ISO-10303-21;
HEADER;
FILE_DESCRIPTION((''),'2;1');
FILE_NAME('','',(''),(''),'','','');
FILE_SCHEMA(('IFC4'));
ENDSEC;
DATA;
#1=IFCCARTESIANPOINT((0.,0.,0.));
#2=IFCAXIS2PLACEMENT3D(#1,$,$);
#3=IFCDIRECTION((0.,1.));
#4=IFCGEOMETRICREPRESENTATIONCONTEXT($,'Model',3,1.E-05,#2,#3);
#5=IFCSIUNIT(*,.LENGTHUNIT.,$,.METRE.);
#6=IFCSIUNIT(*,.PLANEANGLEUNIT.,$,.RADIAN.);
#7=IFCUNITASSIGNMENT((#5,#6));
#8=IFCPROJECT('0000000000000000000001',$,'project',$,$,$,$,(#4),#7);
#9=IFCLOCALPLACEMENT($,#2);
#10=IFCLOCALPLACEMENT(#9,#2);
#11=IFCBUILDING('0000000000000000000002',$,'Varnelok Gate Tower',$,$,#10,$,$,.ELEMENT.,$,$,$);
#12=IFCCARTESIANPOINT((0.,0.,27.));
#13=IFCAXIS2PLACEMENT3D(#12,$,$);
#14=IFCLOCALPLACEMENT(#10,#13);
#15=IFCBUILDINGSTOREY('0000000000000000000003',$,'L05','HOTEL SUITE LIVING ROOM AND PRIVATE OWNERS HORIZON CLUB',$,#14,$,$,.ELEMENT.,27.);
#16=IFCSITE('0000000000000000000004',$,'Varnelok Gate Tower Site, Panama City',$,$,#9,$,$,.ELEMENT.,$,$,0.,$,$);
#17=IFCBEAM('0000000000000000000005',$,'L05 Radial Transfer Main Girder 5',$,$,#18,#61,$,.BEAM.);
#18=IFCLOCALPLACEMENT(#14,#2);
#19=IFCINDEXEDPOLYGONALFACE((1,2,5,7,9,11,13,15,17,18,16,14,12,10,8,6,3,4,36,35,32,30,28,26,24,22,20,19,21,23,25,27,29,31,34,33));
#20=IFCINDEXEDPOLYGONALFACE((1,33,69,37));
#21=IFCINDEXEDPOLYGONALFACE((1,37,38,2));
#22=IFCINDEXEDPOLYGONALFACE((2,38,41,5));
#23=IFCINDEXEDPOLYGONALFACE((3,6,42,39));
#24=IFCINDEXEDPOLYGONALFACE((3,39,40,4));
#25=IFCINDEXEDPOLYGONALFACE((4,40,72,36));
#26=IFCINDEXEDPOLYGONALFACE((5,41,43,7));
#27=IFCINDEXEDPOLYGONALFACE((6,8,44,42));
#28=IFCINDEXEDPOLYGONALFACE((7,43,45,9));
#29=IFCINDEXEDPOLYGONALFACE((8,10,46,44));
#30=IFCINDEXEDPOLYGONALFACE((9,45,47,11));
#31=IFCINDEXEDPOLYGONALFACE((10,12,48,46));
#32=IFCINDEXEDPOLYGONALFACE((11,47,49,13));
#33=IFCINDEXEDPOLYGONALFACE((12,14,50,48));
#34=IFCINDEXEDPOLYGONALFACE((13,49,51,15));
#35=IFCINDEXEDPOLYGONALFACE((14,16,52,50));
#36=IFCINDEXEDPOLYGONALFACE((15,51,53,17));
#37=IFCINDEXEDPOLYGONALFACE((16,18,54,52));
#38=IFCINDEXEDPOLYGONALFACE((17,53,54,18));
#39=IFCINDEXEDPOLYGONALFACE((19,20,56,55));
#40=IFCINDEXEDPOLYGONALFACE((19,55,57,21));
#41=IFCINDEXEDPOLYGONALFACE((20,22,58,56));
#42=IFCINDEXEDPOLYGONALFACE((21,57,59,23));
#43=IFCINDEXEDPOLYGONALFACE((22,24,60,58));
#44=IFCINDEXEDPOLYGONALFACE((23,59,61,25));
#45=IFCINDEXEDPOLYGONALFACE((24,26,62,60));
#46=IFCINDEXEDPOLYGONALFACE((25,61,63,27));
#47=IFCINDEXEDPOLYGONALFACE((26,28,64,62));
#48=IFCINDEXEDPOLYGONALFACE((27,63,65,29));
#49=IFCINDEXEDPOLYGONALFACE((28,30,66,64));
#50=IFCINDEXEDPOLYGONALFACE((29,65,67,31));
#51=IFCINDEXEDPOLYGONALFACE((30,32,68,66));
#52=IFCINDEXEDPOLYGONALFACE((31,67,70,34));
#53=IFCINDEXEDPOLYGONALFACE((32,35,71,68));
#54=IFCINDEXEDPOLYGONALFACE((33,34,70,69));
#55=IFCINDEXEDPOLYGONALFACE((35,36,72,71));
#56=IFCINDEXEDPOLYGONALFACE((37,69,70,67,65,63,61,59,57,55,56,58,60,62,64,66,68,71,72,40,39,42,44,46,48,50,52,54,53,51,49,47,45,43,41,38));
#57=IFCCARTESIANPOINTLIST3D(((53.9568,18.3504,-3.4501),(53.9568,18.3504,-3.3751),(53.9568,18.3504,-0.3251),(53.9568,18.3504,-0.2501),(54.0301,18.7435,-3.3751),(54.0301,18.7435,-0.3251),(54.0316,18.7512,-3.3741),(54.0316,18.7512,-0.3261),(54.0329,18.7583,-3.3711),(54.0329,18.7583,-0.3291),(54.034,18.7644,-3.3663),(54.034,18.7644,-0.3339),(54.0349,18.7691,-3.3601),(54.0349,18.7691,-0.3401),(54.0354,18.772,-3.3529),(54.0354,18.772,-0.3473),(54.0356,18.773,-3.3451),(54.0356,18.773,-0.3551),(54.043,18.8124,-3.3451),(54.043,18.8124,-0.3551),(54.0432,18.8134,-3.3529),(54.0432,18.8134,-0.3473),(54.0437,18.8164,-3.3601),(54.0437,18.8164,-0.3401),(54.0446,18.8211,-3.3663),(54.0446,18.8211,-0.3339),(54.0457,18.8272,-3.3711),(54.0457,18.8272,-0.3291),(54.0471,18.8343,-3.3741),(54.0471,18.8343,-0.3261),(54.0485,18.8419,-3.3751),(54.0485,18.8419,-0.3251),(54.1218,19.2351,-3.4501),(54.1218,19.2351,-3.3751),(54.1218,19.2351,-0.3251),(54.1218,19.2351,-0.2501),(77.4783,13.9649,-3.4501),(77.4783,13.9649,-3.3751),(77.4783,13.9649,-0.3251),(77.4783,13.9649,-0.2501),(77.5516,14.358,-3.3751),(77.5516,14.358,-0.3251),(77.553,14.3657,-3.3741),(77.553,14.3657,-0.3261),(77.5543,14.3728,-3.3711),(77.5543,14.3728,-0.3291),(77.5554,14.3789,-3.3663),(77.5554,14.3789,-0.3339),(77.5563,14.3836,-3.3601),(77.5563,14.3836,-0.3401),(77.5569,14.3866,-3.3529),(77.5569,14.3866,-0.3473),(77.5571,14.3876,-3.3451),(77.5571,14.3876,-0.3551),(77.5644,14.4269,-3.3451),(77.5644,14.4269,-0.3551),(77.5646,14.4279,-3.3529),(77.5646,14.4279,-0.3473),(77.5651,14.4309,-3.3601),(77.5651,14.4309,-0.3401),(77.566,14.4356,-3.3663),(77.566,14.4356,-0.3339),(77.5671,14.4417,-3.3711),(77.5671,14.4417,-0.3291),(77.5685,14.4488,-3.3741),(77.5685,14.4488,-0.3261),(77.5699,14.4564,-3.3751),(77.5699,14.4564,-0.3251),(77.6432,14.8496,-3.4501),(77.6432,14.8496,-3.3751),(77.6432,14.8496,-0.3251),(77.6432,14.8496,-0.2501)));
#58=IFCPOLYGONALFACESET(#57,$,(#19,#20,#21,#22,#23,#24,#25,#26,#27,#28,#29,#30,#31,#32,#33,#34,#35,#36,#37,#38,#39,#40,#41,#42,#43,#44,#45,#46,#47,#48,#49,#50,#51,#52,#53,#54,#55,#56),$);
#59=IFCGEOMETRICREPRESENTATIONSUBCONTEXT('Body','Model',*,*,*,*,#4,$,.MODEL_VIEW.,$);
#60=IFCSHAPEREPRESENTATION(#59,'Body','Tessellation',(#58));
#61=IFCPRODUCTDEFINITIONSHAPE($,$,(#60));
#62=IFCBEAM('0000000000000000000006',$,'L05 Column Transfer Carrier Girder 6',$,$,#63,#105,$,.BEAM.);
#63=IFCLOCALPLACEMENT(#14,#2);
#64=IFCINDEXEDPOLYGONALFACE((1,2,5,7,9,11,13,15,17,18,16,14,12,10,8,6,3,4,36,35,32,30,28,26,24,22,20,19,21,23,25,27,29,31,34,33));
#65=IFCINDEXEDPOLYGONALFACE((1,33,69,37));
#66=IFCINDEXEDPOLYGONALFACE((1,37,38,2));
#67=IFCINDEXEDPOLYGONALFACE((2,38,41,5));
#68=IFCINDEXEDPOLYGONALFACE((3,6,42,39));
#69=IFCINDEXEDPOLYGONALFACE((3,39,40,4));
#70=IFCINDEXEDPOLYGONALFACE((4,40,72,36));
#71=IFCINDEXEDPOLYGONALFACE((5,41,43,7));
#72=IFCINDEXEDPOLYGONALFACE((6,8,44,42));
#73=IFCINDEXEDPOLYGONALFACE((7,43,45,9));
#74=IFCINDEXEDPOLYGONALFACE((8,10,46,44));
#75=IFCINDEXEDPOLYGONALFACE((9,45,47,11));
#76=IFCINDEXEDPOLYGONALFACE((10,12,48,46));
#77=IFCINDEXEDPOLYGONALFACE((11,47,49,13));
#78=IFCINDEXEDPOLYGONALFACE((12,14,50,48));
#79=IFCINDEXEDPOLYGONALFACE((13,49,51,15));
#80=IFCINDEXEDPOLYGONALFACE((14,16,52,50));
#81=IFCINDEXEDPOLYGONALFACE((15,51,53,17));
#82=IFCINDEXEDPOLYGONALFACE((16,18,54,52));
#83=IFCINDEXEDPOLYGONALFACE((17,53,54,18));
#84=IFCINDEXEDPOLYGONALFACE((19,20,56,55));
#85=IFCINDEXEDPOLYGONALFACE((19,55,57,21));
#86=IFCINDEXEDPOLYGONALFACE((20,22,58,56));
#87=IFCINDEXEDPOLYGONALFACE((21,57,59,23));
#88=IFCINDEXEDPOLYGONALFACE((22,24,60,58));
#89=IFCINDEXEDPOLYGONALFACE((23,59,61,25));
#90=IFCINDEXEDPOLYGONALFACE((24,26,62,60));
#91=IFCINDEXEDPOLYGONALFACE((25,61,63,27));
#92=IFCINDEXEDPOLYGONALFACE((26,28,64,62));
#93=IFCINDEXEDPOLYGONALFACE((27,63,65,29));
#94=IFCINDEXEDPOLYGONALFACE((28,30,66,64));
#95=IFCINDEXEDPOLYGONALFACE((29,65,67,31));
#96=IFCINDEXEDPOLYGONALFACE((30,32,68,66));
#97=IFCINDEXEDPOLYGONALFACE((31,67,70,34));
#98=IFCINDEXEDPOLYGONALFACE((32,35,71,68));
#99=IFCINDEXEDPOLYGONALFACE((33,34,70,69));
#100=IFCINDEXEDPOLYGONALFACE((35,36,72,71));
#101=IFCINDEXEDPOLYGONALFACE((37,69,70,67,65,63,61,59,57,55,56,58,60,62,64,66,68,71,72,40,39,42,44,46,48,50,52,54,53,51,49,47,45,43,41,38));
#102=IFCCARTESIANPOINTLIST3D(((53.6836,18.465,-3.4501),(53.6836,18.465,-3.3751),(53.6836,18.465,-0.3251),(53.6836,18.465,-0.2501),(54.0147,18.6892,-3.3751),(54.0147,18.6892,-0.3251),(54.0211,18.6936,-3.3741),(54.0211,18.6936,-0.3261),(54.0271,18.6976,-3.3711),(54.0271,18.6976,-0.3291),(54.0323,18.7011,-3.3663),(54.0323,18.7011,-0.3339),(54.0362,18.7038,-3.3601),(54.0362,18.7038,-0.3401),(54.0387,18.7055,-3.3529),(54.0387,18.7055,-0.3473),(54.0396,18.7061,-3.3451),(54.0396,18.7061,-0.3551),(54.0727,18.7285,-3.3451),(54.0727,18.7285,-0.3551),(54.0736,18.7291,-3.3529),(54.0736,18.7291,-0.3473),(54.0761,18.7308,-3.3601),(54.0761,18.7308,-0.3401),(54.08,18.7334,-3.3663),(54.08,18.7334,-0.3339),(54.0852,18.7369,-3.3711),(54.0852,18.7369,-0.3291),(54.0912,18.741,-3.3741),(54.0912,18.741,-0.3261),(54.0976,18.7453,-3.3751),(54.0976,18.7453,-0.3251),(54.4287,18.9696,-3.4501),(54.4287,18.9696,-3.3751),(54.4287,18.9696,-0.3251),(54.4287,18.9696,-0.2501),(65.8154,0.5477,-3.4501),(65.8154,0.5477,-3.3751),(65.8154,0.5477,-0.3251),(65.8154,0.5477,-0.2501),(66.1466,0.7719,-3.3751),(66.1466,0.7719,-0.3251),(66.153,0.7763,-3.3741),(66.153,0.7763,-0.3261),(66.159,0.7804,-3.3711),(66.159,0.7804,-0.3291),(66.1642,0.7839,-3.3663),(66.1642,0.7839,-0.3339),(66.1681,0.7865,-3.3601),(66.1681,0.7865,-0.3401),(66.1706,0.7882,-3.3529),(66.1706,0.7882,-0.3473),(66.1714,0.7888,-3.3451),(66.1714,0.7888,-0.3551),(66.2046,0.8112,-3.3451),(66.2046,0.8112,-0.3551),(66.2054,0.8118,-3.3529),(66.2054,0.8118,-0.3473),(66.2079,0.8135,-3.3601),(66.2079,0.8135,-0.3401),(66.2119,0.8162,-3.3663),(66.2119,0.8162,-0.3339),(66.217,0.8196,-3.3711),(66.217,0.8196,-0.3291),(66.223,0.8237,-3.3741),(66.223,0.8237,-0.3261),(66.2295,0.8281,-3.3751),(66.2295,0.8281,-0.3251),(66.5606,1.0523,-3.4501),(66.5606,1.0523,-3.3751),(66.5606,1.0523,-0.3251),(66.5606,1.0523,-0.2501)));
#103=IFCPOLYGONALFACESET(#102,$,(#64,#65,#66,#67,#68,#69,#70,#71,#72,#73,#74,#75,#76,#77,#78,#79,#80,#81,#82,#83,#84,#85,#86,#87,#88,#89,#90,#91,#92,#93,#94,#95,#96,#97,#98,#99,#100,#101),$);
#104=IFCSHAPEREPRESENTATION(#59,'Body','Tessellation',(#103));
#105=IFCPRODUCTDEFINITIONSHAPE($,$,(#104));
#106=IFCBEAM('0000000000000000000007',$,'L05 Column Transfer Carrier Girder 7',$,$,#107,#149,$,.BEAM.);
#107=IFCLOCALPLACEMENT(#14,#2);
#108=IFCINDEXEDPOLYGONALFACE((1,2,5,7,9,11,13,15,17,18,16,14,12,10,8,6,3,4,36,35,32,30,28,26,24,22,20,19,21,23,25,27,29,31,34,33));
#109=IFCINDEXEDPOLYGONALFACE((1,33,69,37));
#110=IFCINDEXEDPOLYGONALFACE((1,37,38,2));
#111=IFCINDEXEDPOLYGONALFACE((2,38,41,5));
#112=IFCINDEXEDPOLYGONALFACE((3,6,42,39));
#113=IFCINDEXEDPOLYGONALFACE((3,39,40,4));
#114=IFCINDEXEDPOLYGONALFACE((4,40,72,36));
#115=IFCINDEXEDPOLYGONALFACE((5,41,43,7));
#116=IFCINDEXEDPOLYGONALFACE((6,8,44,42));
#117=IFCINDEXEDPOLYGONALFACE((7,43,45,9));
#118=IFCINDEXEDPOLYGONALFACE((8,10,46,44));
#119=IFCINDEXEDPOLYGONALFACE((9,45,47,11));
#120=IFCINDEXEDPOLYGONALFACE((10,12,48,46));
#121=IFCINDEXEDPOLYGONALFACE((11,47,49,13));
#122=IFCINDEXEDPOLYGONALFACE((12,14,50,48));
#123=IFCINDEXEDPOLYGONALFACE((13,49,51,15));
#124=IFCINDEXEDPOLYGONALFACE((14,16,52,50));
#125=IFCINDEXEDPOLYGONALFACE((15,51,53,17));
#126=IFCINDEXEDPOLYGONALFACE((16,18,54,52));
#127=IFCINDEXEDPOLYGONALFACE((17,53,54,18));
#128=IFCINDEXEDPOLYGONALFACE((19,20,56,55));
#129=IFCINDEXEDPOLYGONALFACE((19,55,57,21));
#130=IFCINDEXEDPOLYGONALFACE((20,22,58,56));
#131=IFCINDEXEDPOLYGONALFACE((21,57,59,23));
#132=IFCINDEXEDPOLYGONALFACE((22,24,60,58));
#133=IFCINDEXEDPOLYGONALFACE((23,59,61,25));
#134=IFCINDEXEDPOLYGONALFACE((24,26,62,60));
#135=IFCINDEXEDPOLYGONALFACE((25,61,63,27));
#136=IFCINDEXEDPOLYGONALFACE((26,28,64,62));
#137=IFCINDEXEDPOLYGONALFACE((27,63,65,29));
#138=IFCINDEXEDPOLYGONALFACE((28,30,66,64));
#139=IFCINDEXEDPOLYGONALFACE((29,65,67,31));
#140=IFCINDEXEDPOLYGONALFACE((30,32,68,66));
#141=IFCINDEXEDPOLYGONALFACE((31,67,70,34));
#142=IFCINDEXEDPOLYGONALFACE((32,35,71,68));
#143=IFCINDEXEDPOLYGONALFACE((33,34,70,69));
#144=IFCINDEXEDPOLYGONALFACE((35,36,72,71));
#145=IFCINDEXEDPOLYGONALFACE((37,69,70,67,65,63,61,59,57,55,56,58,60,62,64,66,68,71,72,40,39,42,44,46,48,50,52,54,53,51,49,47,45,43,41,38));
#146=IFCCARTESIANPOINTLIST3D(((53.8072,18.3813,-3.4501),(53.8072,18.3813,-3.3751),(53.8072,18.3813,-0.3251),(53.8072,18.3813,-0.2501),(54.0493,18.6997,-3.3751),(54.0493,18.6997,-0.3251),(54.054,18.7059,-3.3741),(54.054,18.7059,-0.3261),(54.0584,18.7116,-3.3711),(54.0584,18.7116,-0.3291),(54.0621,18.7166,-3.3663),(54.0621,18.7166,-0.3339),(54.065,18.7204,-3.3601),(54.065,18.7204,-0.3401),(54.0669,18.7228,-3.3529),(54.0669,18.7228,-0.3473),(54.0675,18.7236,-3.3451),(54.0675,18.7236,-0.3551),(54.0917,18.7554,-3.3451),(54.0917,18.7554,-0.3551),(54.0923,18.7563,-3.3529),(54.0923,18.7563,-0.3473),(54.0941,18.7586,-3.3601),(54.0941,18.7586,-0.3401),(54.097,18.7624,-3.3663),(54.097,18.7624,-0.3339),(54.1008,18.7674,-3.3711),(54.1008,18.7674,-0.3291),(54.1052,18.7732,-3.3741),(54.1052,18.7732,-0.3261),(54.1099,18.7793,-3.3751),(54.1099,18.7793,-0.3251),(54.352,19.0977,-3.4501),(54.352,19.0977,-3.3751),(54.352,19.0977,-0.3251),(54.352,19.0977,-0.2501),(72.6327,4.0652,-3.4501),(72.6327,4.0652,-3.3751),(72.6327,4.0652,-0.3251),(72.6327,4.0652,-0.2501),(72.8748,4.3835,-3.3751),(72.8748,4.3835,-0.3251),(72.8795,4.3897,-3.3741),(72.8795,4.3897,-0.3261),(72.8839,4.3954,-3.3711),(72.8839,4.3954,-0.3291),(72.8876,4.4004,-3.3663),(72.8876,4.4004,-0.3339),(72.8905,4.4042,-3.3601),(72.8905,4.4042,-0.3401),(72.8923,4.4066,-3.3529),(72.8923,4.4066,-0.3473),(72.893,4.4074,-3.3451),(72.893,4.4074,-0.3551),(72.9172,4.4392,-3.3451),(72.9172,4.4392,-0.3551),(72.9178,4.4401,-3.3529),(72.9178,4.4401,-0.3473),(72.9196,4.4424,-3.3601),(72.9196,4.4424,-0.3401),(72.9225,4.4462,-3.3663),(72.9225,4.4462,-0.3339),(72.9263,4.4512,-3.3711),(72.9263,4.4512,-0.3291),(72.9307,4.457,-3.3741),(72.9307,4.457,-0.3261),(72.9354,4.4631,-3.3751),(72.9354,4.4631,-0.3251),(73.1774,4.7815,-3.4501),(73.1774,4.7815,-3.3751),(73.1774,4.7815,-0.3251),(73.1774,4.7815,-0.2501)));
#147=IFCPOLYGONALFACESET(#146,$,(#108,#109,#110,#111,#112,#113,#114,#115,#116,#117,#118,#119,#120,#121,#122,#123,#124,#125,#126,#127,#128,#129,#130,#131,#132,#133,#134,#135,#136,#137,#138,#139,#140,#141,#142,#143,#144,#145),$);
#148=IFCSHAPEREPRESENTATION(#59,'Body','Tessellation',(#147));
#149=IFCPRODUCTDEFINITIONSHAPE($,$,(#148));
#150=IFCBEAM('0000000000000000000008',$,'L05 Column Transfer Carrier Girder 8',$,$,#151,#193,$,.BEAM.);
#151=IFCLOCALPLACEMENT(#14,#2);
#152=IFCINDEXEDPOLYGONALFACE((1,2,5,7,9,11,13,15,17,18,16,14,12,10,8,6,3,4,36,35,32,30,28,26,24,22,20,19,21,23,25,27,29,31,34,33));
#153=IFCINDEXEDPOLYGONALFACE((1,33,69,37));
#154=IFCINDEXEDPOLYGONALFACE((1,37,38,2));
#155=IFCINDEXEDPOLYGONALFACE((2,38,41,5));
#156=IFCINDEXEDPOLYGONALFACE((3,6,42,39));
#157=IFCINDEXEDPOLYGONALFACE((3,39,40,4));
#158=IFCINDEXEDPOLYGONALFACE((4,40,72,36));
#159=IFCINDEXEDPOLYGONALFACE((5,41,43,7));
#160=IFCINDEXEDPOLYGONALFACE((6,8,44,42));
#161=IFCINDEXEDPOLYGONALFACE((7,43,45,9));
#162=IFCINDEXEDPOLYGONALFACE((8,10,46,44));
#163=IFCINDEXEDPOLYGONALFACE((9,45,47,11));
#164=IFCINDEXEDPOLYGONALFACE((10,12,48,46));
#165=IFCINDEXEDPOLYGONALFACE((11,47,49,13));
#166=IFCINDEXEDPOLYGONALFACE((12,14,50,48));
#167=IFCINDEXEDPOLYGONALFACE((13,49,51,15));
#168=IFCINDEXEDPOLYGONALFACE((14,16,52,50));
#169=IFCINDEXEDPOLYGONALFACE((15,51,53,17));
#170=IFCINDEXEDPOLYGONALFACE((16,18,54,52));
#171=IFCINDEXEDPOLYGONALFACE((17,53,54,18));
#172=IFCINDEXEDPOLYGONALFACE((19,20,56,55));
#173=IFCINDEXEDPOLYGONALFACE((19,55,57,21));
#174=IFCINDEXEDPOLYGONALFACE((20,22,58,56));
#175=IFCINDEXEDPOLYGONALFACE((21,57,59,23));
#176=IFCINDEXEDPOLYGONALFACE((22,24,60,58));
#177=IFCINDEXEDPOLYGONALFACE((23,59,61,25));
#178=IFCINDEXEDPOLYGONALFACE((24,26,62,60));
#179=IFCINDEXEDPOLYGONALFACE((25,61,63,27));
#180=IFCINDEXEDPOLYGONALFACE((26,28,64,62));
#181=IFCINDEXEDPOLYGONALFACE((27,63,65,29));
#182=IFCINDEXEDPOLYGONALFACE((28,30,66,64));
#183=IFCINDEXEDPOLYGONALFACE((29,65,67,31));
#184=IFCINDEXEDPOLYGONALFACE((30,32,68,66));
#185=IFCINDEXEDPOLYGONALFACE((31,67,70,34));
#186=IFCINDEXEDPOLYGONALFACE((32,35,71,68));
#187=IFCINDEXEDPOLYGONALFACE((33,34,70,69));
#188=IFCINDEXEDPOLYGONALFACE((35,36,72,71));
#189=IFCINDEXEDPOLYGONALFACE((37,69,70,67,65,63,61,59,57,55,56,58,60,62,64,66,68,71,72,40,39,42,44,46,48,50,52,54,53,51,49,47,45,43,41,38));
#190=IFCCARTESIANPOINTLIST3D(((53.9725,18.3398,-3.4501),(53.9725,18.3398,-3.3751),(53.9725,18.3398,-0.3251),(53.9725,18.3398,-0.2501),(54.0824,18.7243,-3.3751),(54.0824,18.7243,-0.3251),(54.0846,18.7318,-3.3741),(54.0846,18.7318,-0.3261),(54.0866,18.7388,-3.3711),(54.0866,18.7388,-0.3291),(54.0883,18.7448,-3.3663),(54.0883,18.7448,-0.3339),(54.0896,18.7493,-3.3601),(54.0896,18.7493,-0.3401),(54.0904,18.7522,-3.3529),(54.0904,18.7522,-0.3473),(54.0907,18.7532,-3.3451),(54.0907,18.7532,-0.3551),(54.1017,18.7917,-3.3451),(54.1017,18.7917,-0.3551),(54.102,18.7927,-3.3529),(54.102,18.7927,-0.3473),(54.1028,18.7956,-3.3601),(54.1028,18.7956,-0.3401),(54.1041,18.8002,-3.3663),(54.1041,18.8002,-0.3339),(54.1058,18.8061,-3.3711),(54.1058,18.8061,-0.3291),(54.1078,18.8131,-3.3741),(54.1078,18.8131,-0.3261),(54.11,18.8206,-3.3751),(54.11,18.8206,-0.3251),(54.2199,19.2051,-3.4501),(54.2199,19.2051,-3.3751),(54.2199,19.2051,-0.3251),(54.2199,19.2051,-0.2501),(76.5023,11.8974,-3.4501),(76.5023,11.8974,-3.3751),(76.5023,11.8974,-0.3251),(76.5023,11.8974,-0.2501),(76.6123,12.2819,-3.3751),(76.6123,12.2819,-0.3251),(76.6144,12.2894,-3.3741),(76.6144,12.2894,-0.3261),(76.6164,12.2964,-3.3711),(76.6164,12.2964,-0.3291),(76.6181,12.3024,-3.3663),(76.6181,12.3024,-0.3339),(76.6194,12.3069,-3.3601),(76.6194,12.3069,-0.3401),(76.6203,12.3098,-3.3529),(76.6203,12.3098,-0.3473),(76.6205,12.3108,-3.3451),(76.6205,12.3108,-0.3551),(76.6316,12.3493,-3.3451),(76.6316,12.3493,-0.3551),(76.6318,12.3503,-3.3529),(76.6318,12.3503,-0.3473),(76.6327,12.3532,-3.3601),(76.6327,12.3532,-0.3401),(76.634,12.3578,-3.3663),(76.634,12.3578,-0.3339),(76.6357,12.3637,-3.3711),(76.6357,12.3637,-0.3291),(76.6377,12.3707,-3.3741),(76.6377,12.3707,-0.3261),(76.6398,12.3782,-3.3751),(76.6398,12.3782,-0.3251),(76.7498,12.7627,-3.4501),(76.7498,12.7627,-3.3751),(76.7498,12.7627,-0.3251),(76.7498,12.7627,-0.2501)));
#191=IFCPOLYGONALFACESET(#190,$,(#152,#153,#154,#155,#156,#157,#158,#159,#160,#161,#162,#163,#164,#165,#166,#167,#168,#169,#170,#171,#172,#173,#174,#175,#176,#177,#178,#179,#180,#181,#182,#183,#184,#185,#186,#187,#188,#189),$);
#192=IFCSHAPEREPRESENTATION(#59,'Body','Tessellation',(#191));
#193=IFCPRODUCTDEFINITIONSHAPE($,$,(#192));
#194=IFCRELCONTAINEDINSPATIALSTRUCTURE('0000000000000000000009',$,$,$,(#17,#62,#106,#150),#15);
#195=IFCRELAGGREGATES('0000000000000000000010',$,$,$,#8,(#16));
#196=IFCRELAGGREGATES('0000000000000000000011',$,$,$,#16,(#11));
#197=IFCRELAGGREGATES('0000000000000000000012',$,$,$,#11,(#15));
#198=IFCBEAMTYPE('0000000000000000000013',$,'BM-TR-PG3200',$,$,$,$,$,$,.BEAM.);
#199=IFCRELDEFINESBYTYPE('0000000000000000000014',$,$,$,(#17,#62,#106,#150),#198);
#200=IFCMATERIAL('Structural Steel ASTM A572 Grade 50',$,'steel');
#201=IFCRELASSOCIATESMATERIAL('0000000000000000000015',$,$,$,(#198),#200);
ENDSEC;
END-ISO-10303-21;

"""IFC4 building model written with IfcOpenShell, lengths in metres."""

from ifc_helpers import new_model, si_unit, direction, frame, origin, origin_2d, place, context, subcontext, project, spatial, i_section, extrude, material, material_profile, profile_set, type_object, element, save


model = new_model("IFC4")

# Units and contexts
model_context = context("Model", 3, precision=1e-05, world=origin(), true_north=direction((0.0, 1.0)))
body_context = subcontext(model_context, "Body", "Model", "MODEL_VIEW")
ifc_project = project(units=[si_unit("LENGTHUNIT", "METRE"), si_unit("PLANEANGLEUNIT", "RADIAN")], contexts=[model_context])

# Site, building, storey
site_placement = place(None, origin())
site = spatial("IfcSite", under=ifc_project, at=site_placement, Name="Varnelok Gate Tower Site, Panama City", CompositionType="ELEMENT", RefElevation=0.0)
building_placement = place(site_placement, origin())
building = spatial("IfcBuilding", under=site, at=building_placement, Name="Varnelok Gate Tower", CompositionType="ELEMENT")
storey_placement = place(building_placement, frame((0.0, 0.0, 27.0)))
storey = spatial("IfcBuildingStorey", under=building, at=storey_placement, Name="L05", Description="HOTEL SUITE LIVING ROOM AND PRIVATE OWNERS HORIZON CLUB", CompositionType="ELEMENT", Elevation=27.0)

# Beams
ifc_material_1 = material(Name="Structural Steel ASTM A572 Grade 50", Category="steel")
ifc_material_profile_1 = material_profile(ifc_material_1, i_section(OverallWidth=0.8999, OverallDepth=3.2, WebThickness=0.04, FlangeThickness=0.075, FilletRadius=0.03, at=origin_2d()), Name="PG3200X900")
ifc_profile_set_1 = profile_set([ifc_material_profile_1], Name="Structural Steel ASTM A572 Grade 50")
beam_type = type_object("IfcBeamType", Name="BM-TR-PG3200", PredefinedType="BEAM", material=ifc_profile_set_1)
beam_1_placement = place(storey_placement, frame((54.0393, 18.7927, -1.8501), z_axis=(0.983059, -0.183288, 0.0), x_axis=(0.183288, 0.983059, 0.0)))
element("IfcBeam", 1, at=beam_1_placement, inside=storey, type_object=beam_type, Name="L05 Radial Transfer Main Girder 5", PredefinedType="BEAM", context=body_context, shape_type="SweptSolid", body=[
    extrude(i_section(OverallWidth=0.8999, OverallDepth=3.2, WebThickness=0.04, FlangeThickness=0.075, FilletRadius=0.03, at=origin_2d()), origin(), (0.0, 0.0, 1.0), 23.9268),
])
beam_2_placement = place(storey_placement, frame((54.0562, 18.7173, -1.8501), z_axis=(0.560669, -0.82804, 0.0), x_axis=(0.82804, 0.560669, 0.0)))
element("IfcBeam", 2, at=beam_2_placement, inside=storey, type_object=beam_type, Name="L05 Column Transfer Carrier Girder 6", PredefinedType="BEAM", context=body_context, shape_type="SweptSolid", body=[
    extrude(i_section(OverallWidth=0.8999, OverallDepth=3.2, WebThickness=0.04, FlangeThickness=0.075, FilletRadius=0.03, at=origin_2d()), origin(), (0.0, 0.0, 1.0), 21.6382),
])
beam_3_placement = place(storey_placement, frame((54.0796, 18.7395, -1.8501), z_axis=(0.795982, -0.60532, 0.0), x_axis=(0.60532, 0.795982, 0.0)))
element("IfcBeam", 3, at=beam_3_placement, inside=storey, type_object=beam_type, Name="L05 Column Transfer Carrier Girder 7", PredefinedType="BEAM", context=body_context, shape_type="SweptSolid", body=[
    extrude(i_section(OverallWidth=0.8999, OverallDepth=3.2, WebThickness=0.04, FlangeThickness=0.075, FilletRadius=0.03, at=origin_2d()), origin(), (0.0, 0.0, 1.0), 23.6506),
])
beam_4_placement = place(storey_placement, frame((54.0962, 18.7725, -1.8501), z_axis=(0.961464, -0.27493, 0.0), x_axis=(0.27493, 0.961464, 0.0)))
element("IfcBeam", 4, at=beam_4_placement, inside=storey, type_object=beam_type, Name="L05 Column Transfer Carrier Girder 8", PredefinedType="BEAM", context=body_context, shape_type="SweptSolid", body=[
    extrude(i_section(OverallWidth=0.8999, OverallDepth=3.2, WebThickness=0.04, FlangeThickness=0.075, FilletRadius=0.03, at=origin_2d()), origin(), (0.0, 0.0, 1.0), 23.4329),
])

save(model, "model.ifc")
